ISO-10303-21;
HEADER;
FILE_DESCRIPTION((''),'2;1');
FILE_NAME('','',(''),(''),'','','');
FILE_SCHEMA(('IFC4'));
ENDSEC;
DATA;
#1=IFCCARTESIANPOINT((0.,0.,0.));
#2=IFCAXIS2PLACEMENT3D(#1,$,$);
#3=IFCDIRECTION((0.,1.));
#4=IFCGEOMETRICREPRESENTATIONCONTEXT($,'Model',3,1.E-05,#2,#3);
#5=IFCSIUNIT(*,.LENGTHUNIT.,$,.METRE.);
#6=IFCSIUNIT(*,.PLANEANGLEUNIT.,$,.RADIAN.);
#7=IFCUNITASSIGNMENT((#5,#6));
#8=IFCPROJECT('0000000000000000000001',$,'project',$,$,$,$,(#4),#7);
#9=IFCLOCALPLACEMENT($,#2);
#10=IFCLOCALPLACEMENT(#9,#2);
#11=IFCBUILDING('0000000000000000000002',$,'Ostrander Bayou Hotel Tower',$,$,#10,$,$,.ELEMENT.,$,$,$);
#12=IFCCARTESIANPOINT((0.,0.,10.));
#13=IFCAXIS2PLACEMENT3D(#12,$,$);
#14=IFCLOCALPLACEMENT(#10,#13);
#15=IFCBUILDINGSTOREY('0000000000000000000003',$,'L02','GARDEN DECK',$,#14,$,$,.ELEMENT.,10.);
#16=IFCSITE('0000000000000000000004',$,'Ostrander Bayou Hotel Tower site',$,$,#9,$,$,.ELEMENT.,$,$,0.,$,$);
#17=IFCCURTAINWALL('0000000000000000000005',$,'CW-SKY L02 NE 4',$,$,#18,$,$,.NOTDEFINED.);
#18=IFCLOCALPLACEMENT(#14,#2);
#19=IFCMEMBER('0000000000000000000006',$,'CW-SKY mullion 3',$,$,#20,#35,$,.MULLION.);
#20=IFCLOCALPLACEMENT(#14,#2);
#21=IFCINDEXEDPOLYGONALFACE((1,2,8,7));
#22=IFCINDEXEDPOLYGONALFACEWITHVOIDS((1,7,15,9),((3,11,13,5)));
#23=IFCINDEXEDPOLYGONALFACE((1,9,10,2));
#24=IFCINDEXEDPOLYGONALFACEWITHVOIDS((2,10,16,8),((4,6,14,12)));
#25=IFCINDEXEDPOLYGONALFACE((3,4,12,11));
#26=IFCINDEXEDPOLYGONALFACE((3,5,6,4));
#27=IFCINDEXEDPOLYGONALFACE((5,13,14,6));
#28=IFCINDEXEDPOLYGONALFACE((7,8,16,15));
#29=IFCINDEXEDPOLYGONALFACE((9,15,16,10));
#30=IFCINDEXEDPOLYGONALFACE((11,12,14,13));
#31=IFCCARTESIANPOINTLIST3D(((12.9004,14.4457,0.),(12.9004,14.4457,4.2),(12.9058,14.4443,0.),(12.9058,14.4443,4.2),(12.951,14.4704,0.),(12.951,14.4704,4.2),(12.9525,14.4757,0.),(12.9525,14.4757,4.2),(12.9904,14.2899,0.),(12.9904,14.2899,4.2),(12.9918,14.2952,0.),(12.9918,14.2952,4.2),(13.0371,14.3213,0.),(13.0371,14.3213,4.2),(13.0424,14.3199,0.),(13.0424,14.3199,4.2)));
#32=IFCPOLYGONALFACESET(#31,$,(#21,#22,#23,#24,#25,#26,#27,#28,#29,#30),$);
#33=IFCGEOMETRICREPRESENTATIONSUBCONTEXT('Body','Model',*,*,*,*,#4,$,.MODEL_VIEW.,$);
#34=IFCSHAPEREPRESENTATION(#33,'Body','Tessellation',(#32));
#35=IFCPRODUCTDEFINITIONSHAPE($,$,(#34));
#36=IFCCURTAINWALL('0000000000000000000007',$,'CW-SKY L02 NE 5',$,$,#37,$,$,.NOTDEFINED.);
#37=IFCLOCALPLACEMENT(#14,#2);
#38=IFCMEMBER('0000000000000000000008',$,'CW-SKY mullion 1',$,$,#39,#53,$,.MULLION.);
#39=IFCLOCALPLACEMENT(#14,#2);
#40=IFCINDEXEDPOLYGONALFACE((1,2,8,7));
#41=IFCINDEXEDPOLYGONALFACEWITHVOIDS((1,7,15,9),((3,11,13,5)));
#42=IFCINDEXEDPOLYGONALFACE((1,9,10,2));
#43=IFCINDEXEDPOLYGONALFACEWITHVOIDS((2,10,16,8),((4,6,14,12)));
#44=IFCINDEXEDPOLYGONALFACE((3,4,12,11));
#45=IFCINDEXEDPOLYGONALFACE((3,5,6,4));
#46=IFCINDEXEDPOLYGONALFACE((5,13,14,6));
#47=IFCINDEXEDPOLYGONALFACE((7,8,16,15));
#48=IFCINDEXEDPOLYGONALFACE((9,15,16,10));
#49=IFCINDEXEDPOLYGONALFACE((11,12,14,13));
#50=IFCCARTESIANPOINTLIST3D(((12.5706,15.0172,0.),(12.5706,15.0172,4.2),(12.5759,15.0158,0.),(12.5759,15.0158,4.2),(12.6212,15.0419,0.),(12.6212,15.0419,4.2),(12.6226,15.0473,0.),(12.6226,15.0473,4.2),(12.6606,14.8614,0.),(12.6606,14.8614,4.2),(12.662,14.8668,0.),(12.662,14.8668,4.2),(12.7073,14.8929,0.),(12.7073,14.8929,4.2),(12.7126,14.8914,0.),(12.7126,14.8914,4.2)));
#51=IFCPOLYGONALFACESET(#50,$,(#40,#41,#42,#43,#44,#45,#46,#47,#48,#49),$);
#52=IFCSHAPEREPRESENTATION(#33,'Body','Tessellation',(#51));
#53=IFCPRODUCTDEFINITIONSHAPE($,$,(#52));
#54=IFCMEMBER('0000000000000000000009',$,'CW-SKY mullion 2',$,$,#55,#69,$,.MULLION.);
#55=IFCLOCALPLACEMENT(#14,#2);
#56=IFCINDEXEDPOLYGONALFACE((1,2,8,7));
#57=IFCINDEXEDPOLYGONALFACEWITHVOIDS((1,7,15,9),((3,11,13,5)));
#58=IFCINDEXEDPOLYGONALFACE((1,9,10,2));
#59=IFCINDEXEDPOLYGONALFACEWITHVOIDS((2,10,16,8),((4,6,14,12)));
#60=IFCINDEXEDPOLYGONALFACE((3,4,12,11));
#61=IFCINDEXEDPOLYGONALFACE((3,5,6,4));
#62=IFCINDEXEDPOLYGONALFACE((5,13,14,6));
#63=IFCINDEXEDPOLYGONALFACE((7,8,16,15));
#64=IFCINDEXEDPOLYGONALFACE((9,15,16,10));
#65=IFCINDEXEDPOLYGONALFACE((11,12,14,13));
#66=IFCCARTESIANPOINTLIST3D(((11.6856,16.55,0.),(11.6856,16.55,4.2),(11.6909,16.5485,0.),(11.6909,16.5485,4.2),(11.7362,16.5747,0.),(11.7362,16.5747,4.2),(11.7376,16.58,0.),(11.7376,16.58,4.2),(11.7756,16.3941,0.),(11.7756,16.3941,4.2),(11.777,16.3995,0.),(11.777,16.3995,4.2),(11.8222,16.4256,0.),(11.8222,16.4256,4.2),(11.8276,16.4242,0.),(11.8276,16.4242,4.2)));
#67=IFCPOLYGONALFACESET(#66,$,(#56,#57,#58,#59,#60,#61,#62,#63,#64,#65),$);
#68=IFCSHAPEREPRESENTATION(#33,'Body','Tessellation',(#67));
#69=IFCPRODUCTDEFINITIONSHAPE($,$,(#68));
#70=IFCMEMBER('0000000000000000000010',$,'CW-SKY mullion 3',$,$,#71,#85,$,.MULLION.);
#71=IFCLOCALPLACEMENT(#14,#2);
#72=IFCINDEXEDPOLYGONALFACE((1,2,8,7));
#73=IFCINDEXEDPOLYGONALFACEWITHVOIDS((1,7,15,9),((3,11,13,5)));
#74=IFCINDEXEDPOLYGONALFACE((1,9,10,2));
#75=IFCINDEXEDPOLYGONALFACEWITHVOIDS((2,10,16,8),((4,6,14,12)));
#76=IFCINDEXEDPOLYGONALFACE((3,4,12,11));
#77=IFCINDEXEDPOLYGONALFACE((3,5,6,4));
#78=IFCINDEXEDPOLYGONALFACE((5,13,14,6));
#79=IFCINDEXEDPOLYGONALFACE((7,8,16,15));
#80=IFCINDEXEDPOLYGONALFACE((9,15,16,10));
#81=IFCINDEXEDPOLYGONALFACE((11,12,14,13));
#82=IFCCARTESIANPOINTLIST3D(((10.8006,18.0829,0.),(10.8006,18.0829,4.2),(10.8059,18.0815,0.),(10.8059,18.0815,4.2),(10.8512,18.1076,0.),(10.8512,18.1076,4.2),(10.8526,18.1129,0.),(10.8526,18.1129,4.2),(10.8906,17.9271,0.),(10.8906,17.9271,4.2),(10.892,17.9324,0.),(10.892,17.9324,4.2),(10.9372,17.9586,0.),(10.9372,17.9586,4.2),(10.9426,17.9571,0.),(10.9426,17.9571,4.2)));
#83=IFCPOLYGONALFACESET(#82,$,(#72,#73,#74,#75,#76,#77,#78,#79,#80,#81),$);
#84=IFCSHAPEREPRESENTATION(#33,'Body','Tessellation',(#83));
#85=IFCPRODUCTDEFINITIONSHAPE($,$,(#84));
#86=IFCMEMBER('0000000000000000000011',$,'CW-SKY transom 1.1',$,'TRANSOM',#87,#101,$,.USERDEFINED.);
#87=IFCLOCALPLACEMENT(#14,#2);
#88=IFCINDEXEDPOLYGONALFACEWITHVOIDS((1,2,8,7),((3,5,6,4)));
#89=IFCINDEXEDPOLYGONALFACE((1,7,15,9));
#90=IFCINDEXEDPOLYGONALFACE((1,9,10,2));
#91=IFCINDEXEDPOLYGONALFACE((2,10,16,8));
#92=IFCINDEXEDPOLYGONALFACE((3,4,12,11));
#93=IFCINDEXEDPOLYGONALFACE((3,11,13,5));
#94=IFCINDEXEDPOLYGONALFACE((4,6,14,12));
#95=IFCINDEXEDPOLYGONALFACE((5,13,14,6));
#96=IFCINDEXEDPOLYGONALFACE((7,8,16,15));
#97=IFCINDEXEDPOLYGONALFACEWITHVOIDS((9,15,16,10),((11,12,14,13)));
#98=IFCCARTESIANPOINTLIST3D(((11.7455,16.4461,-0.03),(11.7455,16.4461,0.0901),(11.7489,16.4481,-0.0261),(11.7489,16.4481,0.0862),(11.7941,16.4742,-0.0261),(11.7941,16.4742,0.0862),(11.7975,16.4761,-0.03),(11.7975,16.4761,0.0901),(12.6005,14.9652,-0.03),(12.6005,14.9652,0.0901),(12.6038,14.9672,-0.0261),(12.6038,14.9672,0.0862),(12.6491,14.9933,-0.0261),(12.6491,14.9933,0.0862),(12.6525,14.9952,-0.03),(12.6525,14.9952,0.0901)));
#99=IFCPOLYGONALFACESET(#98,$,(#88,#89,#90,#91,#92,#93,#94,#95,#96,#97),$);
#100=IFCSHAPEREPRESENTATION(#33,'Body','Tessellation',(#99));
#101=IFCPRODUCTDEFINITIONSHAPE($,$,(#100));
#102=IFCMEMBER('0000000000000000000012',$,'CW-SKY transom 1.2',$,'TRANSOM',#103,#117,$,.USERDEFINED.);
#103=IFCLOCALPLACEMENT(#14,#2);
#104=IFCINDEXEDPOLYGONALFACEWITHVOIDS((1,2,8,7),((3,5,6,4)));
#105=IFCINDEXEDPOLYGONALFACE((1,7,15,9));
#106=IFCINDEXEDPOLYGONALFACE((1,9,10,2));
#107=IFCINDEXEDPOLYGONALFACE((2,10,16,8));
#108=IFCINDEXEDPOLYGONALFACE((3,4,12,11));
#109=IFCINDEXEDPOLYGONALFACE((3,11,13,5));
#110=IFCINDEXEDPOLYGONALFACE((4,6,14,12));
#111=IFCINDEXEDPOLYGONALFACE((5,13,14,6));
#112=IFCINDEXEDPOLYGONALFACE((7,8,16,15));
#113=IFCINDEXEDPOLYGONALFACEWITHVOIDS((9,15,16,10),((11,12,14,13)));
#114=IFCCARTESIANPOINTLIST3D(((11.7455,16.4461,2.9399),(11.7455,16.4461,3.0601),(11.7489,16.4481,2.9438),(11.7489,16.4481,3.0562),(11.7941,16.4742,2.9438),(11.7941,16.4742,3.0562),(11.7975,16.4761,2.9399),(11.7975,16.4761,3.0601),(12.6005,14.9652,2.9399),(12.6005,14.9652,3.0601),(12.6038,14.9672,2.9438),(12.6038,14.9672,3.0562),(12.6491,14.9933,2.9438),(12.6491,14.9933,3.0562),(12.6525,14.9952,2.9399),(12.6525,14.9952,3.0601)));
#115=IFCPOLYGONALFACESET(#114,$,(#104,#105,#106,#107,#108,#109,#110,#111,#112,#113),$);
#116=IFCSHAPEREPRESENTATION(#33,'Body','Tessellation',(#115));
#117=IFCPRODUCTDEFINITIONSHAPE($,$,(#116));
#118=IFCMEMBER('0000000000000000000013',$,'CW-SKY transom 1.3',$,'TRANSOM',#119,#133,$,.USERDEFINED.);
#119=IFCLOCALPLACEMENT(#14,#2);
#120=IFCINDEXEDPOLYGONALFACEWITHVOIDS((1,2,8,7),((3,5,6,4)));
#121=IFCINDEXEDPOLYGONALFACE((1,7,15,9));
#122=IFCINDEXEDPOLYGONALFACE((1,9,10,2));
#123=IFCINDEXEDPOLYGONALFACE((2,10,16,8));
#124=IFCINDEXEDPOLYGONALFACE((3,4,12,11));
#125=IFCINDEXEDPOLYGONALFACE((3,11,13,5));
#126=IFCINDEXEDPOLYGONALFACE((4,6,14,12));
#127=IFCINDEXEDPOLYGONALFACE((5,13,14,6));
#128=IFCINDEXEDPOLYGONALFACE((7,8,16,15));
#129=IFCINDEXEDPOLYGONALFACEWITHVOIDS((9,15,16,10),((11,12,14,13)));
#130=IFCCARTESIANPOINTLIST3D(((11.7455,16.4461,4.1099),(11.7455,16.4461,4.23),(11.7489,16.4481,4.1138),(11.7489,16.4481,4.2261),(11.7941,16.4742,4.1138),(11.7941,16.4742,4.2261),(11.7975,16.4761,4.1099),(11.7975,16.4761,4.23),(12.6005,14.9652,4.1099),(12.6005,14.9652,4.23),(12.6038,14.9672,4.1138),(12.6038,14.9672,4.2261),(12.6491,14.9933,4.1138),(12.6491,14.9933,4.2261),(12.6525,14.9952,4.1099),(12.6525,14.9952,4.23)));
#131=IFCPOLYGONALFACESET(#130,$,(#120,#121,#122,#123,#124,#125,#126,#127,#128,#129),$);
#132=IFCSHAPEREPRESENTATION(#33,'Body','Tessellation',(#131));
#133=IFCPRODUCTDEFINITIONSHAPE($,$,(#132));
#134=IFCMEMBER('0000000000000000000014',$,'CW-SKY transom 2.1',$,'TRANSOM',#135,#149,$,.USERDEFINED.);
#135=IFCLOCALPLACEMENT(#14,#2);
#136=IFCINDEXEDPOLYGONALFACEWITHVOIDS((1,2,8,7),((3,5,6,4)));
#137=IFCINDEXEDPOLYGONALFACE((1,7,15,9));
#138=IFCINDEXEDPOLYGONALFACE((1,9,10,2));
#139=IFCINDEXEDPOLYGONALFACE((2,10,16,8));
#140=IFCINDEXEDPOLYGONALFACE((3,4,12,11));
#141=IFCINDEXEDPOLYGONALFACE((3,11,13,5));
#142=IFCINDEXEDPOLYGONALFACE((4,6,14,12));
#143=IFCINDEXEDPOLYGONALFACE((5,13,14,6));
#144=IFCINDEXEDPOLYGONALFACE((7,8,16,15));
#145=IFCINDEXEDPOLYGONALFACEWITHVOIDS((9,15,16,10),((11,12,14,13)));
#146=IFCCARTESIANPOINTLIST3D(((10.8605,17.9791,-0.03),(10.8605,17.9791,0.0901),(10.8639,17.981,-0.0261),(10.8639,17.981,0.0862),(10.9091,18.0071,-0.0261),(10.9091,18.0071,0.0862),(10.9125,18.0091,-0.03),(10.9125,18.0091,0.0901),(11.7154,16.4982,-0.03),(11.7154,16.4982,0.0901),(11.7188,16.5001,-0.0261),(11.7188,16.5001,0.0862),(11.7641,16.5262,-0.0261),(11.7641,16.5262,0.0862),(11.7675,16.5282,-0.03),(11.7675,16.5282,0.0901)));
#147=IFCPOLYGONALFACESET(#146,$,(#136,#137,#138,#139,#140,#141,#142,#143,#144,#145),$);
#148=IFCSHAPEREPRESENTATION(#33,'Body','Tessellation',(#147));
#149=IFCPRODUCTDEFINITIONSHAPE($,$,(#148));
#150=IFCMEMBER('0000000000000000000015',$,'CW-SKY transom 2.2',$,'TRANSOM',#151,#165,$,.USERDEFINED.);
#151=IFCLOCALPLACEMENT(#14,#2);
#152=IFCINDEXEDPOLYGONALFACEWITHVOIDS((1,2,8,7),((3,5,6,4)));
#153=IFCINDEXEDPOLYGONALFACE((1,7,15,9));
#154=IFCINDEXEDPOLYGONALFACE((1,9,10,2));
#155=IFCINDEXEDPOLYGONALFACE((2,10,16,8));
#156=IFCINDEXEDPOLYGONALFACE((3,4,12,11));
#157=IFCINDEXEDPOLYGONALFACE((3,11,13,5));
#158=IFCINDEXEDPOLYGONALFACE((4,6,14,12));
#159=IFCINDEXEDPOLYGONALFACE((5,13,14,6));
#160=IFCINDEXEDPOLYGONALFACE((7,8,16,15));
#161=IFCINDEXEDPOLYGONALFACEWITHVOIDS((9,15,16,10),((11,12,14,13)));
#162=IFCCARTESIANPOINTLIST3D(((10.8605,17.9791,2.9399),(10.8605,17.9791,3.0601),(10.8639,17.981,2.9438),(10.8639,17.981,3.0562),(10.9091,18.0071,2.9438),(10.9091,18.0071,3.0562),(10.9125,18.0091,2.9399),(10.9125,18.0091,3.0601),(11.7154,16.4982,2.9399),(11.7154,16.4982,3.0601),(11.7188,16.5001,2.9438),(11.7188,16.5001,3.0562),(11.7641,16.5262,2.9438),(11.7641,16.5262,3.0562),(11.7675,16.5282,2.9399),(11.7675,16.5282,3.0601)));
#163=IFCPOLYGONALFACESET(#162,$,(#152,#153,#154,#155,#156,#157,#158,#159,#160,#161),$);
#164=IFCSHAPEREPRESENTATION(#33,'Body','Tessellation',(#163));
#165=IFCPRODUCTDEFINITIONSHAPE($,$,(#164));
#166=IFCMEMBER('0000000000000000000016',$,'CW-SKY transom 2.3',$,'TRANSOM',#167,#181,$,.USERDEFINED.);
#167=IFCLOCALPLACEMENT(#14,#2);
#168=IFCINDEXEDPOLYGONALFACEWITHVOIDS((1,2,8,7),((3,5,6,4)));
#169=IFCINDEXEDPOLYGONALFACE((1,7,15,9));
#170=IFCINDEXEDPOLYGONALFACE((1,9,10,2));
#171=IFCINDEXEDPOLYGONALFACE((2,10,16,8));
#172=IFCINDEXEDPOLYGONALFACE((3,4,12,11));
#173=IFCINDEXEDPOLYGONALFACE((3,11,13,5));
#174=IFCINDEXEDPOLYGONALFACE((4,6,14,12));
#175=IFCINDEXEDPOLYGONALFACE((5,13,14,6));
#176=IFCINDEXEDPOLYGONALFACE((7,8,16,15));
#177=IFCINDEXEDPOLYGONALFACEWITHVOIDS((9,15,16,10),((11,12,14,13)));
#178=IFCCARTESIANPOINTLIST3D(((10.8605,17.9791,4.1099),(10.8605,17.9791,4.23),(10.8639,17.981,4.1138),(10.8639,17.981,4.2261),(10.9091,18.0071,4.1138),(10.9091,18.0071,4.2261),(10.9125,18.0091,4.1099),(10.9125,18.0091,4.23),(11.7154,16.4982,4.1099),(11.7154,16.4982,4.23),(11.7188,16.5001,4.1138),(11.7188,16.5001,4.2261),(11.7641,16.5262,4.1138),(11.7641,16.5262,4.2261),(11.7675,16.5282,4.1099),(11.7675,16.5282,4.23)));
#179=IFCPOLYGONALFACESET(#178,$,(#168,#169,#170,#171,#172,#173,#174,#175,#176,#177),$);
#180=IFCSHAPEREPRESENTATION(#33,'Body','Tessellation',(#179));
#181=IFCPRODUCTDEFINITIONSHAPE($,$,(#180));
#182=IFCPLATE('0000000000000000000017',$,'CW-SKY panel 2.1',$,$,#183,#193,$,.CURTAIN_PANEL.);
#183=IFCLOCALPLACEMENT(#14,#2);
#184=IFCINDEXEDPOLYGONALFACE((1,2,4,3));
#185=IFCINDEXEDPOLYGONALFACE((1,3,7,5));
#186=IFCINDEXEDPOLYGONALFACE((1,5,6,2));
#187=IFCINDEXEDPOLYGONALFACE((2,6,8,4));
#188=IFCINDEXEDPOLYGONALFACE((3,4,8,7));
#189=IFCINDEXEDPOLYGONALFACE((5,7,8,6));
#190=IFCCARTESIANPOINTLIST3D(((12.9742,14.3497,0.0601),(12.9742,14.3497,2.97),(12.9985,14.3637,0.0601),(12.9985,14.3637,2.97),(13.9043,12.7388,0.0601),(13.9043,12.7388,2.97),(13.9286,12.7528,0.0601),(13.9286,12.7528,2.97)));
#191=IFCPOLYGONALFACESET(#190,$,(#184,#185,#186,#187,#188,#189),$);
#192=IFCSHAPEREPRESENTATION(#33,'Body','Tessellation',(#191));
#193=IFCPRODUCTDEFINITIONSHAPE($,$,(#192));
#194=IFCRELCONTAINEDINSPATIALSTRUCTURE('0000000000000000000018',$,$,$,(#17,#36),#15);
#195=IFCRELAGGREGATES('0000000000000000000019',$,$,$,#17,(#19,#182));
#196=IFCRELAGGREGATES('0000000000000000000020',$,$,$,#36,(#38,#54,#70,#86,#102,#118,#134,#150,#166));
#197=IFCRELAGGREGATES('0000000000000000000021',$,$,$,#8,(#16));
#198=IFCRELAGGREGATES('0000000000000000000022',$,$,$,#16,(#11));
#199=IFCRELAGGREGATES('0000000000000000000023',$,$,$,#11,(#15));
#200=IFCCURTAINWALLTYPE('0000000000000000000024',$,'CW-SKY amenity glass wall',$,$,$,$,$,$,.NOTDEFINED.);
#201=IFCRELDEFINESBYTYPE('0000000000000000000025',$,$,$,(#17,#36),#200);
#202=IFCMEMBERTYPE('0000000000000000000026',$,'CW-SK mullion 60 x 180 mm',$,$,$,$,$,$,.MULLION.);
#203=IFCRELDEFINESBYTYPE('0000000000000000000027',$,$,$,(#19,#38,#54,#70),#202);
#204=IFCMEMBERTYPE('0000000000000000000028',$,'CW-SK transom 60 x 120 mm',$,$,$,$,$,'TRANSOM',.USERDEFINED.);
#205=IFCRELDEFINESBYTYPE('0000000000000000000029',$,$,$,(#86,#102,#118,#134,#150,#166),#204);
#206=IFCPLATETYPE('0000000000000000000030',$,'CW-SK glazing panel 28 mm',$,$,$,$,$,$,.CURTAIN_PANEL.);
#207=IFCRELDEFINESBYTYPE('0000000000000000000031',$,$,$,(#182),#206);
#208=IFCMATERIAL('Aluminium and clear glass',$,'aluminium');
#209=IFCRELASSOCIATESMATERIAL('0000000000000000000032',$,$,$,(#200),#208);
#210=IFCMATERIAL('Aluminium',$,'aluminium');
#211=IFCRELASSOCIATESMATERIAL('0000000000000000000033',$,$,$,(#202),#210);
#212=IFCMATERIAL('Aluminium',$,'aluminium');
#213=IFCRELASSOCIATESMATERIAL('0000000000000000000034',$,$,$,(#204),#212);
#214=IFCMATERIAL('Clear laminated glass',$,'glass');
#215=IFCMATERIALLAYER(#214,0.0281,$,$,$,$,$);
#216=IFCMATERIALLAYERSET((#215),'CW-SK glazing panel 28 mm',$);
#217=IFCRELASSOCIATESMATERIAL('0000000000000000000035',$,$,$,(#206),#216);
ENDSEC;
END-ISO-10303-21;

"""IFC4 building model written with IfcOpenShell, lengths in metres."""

from ifc_helpers import new_model, si_unit, direction, frame, origin, origin_2d, place, context, subcontext, project, spatial, rectangle, hollow_rectangle, extrude, material, layer, layer_set, material_profile, profile_set, type_object, element, aggregate, save


model = new_model("IFC4")

# Units and contexts
model_context = context("Model", 3, precision=1e-05, world=origin(), true_north=direction((0.0, 1.0)))
body_context = subcontext(model_context, "Body", "Model", "MODEL_VIEW")
ifc_project = project(units=[si_unit("LENGTHUNIT", "METRE"), si_unit("PLANEANGLEUNIT", "RADIAN")], contexts=[model_context])

# Site, building, storey
site_placement = place(None, origin())
site = spatial("IfcSite", under=ifc_project, at=site_placement, Name="Ostrander Bayou Hotel Tower site", CompositionType="ELEMENT", RefElevation=0.0)
building_placement = place(site_placement, origin())
building = spatial("IfcBuilding", under=site, at=building_placement, Name="Ostrander Bayou Hotel Tower", CompositionType="ELEMENT")
storey_placement = place(building_placement, frame((0.0, 0.0, 10.0)))
storey = spatial("IfcBuildingStorey", under=building, at=storey_placement, Name="L02", Description="GARDEN DECK", CompositionType="ELEMENT", Elevation=10.0)

# Curtain wall, member
ifc_material_1 = material(Name="Aluminium and clear glass", Category="aluminium")
curtain_wall_type = type_object("IfcCurtainWallType", Name="CW-SKY amenity glass wall", PredefinedType="NOTDEFINED", material=ifc_material_1)
curtain_wall_1_placement = place(storey_placement, origin())
curtain_wall_1 = element("IfcCurtainWall", 1, at=curtain_wall_1_placement, inside=storey, type_object=curtain_wall_type, Name="CW-SKY L02 NE 4", PredefinedType="NOTDEFINED")
ifc_material_2 = material(Name="Aluminium", Category="aluminium")
ifc_material_profile_1 = material_profile(ifc_material_2, hollow_rectangle(XDim=0.0601, YDim=0.1799, WallThickness=0.0039, at=origin_2d()))
ifc_profile_set_1 = profile_set([ifc_material_profile_1], Name="Aluminium")
member_type_1 = type_object("IfcMemberType", Name="CW-SK mullion 60 x 180 mm", PredefinedType="MULLION", material=ifc_profile_set_1)
member_1_placement = place(storey_placement, frame((12.9714, 14.3828, 0.0), z_axis=(0.0, 0.0, 1.0), x_axis=(-0.866025, -0.5, 0.0)))
member_1 = element("IfcMember", 2, at=member_1_placement, type_object=member_type_1, Name="CW-SKY mullion 3", PredefinedType="MULLION", context=body_context, shape_type="SweptSolid", body=[
    extrude(hollow_rectangle(XDim=0.0601, YDim=0.1799, WallThickness=0.0039, at=origin_2d()), origin(), (0.0, 0.0, 1.0), 4.2),
])

# Curtain wall, members
curtain_wall_2_placement = place(storey_placement, origin())
curtain_wall_2 = element("IfcCurtainWall", 3, at=curtain_wall_2_placement, inside=storey, type_object=curtain_wall_type, Name="CW-SKY L02 NE 5", PredefinedType="NOTDEFINED")
member_2_placement = place(storey_placement, frame((12.6416, 14.9543, 0.0), z_axis=(0.0, 0.0, 1.0), x_axis=(-0.866026, -0.499999, 0.0)))
member_2 = element("IfcMember", 4, at=member_2_placement, type_object=member_type_1, Name="CW-SKY mullion 1", PredefinedType="MULLION", context=body_context, shape_type="SweptSolid", body=[
    extrude(hollow_rectangle(XDim=0.0601, YDim=0.1799, WallThickness=0.0039, at=origin_2d()), origin(), (0.0, 0.0, 1.0), 4.2),
])
member_3_placement = place(storey_placement, frame((11.7566, 16.4871, 0.0), z_axis=(0.0, 0.0, 1.0), x_axis=(-0.866026, -0.499999, 0.0)))
member_3 = element("IfcMember", 5, at=member_3_placement, type_object=member_type_1, Name="CW-SKY mullion 2", PredefinedType="MULLION", context=body_context, shape_type="SweptSolid", body=[
    extrude(hollow_rectangle(XDim=0.0601, YDim=0.1799, WallThickness=0.0039, at=origin_2d()), origin(), (0.0, 0.0, 1.0), 4.2),
])
member_4_placement = place(storey_placement, frame((10.8716, 18.02, 0.0), z_axis=(0.0, 0.0, 1.0), x_axis=(-0.866026, -0.499999, 0.0)))
member_4 = element("IfcMember", 6, at=member_4_placement, type_object=member_type_1, Name="CW-SKY mullion 3", PredefinedType="MULLION", context=body_context, shape_type="SweptSolid", body=[
    extrude(hollow_rectangle(XDim=0.0601, YDim=0.1799, WallThickness=0.0039, at=origin_2d()), origin(), (0.0, 0.0, 1.0), 4.2),
])
ifc_material_3 = material(Name="Aluminium", Category="aluminium")
ifc_material_profile_2 = material_profile(ifc_material_3, hollow_rectangle(XDim=0.0601, YDim=0.1201, WallThickness=0.0039, at=origin_2d()))
ifc_profile_set_2 = profile_set([ifc_material_profile_2], Name="Aluminium")
member_type_2 = type_object("IfcMemberType", Name="CW-SK transom 60 x 120 mm", ElementType="TRANSOM", PredefinedType="USERDEFINED", material=ifc_profile_set_2)
member_5_placement = place(storey_placement, frame((12.6265, 14.9802, 0.03), z_axis=(-0.499978, 0.866038, 0.0), x_axis=(-0.866038, -0.499978, 0.0)))
member_5 = element("IfcMember", 7, at=member_5_placement, type_object=member_type_2, Name="CW-SKY transom 1.1", ObjectType="TRANSOM", PredefinedType="USERDEFINED", context=body_context, shape_type="SweptSolid", body=[
    extrude(hollow_rectangle(XDim=0.0601, YDim=0.1201, WallThickness=0.0039, at=origin_2d()), origin(), (0.0, 0.0, 1.0), 1.71),
])
member_6_placement = place(storey_placement, frame((12.6265, 14.9802, 3.0), z_axis=(-0.499978, 0.866038, 0.0), x_axis=(-0.866038, -0.499978, 0.0)))
member_6 = element("IfcMember", 8, at=member_6_placement, type_object=member_type_2, Name="CW-SKY transom 1.2", ObjectType="TRANSOM", PredefinedType="USERDEFINED", context=body_context, shape_type="SweptSolid", body=[
    extrude(hollow_rectangle(XDim=0.0601, YDim=0.1201, WallThickness=0.0039, at=origin_2d()), origin(), (0.0, 0.0, 1.0), 1.71),
])
member_7_placement = place(storey_placement, frame((12.6265, 14.9802, 4.1699), z_axis=(-0.499978, 0.866038, 0.0), x_axis=(-0.866038, -0.499978, 0.0)))
member_7 = element("IfcMember", 9, at=member_7_placement, type_object=member_type_2, Name="CW-SKY transom 1.3", ObjectType="TRANSOM", PredefinedType="USERDEFINED", context=body_context, shape_type="SweptSolid", body=[
    extrude(hollow_rectangle(XDim=0.0601, YDim=0.1201, WallThickness=0.0039, at=origin_2d()), origin(), (0.0, 0.0, 1.0), 1.71),
])
member_8_placement = place(storey_placement, frame((11.7415, 16.5132, 0.03), z_axis=(-0.499978, 0.866038, 0.0), x_axis=(-0.866038, -0.499978, 0.0)))
member_8 = element("IfcMember", 10, at=member_8_placement, type_object=member_type_2, Name="CW-SKY transom 2.1", ObjectType="TRANSOM", PredefinedType="USERDEFINED", context=body_context, shape_type="SweptSolid", body=[
    extrude(hollow_rectangle(XDim=0.0601, YDim=0.1201, WallThickness=0.0039, at=origin_2d()), origin(), (0.0, 0.0, 1.0), 1.71),
])
member_9_placement = place(storey_placement, frame((11.7415, 16.5132, 3.0), z_axis=(-0.499978, 0.866038, 0.0), x_axis=(-0.866038, -0.499978, 0.0)))
member_9 = element("IfcMember", 11, at=member_9_placement, type_object=member_type_2, Name="CW-SKY transom 2.2", ObjectType="TRANSOM", PredefinedType="USERDEFINED", context=body_context, shape_type="SweptSolid", body=[
    extrude(hollow_rectangle(XDim=0.0601, YDim=0.1201, WallThickness=0.0039, at=origin_2d()), origin(), (0.0, 0.0, 1.0), 1.71),
])
member_10_placement = place(storey_placement, frame((11.7415, 16.5132, 4.1699), z_axis=(-0.499978, 0.866038, 0.0), x_axis=(-0.866038, -0.499978, 0.0)))
member_10 = element("IfcMember", 12, at=member_10_placement, type_object=member_type_2, Name="CW-SKY transom 2.3", ObjectType="TRANSOM", PredefinedType="USERDEFINED", context=body_context, shape_type="SweptSolid", body=[
    extrude(hollow_rectangle(XDim=0.0601, YDim=0.1201, WallThickness=0.0039, at=origin_2d()), origin(), (0.0, 0.0, 1.0), 1.71),
])

# Plate
ifc_material_4 = material(Name="Clear laminated glass", Category="glass")
ifc_layer_1 = layer(ifc_material_4, 0.0281)
ifc_layer_set_1 = layer_set([ifc_layer_1], Name="CW-SK glazing panel 28 mm")
plate_type = type_object("IfcPlateType", Name="CW-SK glazing panel 28 mm", PredefinedType="CURTAIN_PANEL", material=ifc_layer_set_1)
plate_1_placement = place(storey_placement, frame((13.4514, 13.5513, 0.0601), z_axis=(0.0, 0.0, 1.0), x_axis=(-0.5, 0.866025, 0.0)))
plate_1 = element("IfcPlate", 13, at=plate_1_placement, type_object=plate_type, Name="CW-SKY panel 2.1", PredefinedType="CURTAIN_PANEL", context=body_context, shape_type="SweptSolid", body=[
    extrude(rectangle(XDim=1.8601, YDim=0.0281, at=origin_2d()), origin(), (0.0, 0.0, 1.0), 2.9099),
])
aggregate(curtain_wall_1, [member_1, plate_1])
aggregate(curtain_wall_2, [member_2, member_3, member_4, member_5, member_6, member_7, member_8, member_9, member_10])

save(model, "model.ifc")
